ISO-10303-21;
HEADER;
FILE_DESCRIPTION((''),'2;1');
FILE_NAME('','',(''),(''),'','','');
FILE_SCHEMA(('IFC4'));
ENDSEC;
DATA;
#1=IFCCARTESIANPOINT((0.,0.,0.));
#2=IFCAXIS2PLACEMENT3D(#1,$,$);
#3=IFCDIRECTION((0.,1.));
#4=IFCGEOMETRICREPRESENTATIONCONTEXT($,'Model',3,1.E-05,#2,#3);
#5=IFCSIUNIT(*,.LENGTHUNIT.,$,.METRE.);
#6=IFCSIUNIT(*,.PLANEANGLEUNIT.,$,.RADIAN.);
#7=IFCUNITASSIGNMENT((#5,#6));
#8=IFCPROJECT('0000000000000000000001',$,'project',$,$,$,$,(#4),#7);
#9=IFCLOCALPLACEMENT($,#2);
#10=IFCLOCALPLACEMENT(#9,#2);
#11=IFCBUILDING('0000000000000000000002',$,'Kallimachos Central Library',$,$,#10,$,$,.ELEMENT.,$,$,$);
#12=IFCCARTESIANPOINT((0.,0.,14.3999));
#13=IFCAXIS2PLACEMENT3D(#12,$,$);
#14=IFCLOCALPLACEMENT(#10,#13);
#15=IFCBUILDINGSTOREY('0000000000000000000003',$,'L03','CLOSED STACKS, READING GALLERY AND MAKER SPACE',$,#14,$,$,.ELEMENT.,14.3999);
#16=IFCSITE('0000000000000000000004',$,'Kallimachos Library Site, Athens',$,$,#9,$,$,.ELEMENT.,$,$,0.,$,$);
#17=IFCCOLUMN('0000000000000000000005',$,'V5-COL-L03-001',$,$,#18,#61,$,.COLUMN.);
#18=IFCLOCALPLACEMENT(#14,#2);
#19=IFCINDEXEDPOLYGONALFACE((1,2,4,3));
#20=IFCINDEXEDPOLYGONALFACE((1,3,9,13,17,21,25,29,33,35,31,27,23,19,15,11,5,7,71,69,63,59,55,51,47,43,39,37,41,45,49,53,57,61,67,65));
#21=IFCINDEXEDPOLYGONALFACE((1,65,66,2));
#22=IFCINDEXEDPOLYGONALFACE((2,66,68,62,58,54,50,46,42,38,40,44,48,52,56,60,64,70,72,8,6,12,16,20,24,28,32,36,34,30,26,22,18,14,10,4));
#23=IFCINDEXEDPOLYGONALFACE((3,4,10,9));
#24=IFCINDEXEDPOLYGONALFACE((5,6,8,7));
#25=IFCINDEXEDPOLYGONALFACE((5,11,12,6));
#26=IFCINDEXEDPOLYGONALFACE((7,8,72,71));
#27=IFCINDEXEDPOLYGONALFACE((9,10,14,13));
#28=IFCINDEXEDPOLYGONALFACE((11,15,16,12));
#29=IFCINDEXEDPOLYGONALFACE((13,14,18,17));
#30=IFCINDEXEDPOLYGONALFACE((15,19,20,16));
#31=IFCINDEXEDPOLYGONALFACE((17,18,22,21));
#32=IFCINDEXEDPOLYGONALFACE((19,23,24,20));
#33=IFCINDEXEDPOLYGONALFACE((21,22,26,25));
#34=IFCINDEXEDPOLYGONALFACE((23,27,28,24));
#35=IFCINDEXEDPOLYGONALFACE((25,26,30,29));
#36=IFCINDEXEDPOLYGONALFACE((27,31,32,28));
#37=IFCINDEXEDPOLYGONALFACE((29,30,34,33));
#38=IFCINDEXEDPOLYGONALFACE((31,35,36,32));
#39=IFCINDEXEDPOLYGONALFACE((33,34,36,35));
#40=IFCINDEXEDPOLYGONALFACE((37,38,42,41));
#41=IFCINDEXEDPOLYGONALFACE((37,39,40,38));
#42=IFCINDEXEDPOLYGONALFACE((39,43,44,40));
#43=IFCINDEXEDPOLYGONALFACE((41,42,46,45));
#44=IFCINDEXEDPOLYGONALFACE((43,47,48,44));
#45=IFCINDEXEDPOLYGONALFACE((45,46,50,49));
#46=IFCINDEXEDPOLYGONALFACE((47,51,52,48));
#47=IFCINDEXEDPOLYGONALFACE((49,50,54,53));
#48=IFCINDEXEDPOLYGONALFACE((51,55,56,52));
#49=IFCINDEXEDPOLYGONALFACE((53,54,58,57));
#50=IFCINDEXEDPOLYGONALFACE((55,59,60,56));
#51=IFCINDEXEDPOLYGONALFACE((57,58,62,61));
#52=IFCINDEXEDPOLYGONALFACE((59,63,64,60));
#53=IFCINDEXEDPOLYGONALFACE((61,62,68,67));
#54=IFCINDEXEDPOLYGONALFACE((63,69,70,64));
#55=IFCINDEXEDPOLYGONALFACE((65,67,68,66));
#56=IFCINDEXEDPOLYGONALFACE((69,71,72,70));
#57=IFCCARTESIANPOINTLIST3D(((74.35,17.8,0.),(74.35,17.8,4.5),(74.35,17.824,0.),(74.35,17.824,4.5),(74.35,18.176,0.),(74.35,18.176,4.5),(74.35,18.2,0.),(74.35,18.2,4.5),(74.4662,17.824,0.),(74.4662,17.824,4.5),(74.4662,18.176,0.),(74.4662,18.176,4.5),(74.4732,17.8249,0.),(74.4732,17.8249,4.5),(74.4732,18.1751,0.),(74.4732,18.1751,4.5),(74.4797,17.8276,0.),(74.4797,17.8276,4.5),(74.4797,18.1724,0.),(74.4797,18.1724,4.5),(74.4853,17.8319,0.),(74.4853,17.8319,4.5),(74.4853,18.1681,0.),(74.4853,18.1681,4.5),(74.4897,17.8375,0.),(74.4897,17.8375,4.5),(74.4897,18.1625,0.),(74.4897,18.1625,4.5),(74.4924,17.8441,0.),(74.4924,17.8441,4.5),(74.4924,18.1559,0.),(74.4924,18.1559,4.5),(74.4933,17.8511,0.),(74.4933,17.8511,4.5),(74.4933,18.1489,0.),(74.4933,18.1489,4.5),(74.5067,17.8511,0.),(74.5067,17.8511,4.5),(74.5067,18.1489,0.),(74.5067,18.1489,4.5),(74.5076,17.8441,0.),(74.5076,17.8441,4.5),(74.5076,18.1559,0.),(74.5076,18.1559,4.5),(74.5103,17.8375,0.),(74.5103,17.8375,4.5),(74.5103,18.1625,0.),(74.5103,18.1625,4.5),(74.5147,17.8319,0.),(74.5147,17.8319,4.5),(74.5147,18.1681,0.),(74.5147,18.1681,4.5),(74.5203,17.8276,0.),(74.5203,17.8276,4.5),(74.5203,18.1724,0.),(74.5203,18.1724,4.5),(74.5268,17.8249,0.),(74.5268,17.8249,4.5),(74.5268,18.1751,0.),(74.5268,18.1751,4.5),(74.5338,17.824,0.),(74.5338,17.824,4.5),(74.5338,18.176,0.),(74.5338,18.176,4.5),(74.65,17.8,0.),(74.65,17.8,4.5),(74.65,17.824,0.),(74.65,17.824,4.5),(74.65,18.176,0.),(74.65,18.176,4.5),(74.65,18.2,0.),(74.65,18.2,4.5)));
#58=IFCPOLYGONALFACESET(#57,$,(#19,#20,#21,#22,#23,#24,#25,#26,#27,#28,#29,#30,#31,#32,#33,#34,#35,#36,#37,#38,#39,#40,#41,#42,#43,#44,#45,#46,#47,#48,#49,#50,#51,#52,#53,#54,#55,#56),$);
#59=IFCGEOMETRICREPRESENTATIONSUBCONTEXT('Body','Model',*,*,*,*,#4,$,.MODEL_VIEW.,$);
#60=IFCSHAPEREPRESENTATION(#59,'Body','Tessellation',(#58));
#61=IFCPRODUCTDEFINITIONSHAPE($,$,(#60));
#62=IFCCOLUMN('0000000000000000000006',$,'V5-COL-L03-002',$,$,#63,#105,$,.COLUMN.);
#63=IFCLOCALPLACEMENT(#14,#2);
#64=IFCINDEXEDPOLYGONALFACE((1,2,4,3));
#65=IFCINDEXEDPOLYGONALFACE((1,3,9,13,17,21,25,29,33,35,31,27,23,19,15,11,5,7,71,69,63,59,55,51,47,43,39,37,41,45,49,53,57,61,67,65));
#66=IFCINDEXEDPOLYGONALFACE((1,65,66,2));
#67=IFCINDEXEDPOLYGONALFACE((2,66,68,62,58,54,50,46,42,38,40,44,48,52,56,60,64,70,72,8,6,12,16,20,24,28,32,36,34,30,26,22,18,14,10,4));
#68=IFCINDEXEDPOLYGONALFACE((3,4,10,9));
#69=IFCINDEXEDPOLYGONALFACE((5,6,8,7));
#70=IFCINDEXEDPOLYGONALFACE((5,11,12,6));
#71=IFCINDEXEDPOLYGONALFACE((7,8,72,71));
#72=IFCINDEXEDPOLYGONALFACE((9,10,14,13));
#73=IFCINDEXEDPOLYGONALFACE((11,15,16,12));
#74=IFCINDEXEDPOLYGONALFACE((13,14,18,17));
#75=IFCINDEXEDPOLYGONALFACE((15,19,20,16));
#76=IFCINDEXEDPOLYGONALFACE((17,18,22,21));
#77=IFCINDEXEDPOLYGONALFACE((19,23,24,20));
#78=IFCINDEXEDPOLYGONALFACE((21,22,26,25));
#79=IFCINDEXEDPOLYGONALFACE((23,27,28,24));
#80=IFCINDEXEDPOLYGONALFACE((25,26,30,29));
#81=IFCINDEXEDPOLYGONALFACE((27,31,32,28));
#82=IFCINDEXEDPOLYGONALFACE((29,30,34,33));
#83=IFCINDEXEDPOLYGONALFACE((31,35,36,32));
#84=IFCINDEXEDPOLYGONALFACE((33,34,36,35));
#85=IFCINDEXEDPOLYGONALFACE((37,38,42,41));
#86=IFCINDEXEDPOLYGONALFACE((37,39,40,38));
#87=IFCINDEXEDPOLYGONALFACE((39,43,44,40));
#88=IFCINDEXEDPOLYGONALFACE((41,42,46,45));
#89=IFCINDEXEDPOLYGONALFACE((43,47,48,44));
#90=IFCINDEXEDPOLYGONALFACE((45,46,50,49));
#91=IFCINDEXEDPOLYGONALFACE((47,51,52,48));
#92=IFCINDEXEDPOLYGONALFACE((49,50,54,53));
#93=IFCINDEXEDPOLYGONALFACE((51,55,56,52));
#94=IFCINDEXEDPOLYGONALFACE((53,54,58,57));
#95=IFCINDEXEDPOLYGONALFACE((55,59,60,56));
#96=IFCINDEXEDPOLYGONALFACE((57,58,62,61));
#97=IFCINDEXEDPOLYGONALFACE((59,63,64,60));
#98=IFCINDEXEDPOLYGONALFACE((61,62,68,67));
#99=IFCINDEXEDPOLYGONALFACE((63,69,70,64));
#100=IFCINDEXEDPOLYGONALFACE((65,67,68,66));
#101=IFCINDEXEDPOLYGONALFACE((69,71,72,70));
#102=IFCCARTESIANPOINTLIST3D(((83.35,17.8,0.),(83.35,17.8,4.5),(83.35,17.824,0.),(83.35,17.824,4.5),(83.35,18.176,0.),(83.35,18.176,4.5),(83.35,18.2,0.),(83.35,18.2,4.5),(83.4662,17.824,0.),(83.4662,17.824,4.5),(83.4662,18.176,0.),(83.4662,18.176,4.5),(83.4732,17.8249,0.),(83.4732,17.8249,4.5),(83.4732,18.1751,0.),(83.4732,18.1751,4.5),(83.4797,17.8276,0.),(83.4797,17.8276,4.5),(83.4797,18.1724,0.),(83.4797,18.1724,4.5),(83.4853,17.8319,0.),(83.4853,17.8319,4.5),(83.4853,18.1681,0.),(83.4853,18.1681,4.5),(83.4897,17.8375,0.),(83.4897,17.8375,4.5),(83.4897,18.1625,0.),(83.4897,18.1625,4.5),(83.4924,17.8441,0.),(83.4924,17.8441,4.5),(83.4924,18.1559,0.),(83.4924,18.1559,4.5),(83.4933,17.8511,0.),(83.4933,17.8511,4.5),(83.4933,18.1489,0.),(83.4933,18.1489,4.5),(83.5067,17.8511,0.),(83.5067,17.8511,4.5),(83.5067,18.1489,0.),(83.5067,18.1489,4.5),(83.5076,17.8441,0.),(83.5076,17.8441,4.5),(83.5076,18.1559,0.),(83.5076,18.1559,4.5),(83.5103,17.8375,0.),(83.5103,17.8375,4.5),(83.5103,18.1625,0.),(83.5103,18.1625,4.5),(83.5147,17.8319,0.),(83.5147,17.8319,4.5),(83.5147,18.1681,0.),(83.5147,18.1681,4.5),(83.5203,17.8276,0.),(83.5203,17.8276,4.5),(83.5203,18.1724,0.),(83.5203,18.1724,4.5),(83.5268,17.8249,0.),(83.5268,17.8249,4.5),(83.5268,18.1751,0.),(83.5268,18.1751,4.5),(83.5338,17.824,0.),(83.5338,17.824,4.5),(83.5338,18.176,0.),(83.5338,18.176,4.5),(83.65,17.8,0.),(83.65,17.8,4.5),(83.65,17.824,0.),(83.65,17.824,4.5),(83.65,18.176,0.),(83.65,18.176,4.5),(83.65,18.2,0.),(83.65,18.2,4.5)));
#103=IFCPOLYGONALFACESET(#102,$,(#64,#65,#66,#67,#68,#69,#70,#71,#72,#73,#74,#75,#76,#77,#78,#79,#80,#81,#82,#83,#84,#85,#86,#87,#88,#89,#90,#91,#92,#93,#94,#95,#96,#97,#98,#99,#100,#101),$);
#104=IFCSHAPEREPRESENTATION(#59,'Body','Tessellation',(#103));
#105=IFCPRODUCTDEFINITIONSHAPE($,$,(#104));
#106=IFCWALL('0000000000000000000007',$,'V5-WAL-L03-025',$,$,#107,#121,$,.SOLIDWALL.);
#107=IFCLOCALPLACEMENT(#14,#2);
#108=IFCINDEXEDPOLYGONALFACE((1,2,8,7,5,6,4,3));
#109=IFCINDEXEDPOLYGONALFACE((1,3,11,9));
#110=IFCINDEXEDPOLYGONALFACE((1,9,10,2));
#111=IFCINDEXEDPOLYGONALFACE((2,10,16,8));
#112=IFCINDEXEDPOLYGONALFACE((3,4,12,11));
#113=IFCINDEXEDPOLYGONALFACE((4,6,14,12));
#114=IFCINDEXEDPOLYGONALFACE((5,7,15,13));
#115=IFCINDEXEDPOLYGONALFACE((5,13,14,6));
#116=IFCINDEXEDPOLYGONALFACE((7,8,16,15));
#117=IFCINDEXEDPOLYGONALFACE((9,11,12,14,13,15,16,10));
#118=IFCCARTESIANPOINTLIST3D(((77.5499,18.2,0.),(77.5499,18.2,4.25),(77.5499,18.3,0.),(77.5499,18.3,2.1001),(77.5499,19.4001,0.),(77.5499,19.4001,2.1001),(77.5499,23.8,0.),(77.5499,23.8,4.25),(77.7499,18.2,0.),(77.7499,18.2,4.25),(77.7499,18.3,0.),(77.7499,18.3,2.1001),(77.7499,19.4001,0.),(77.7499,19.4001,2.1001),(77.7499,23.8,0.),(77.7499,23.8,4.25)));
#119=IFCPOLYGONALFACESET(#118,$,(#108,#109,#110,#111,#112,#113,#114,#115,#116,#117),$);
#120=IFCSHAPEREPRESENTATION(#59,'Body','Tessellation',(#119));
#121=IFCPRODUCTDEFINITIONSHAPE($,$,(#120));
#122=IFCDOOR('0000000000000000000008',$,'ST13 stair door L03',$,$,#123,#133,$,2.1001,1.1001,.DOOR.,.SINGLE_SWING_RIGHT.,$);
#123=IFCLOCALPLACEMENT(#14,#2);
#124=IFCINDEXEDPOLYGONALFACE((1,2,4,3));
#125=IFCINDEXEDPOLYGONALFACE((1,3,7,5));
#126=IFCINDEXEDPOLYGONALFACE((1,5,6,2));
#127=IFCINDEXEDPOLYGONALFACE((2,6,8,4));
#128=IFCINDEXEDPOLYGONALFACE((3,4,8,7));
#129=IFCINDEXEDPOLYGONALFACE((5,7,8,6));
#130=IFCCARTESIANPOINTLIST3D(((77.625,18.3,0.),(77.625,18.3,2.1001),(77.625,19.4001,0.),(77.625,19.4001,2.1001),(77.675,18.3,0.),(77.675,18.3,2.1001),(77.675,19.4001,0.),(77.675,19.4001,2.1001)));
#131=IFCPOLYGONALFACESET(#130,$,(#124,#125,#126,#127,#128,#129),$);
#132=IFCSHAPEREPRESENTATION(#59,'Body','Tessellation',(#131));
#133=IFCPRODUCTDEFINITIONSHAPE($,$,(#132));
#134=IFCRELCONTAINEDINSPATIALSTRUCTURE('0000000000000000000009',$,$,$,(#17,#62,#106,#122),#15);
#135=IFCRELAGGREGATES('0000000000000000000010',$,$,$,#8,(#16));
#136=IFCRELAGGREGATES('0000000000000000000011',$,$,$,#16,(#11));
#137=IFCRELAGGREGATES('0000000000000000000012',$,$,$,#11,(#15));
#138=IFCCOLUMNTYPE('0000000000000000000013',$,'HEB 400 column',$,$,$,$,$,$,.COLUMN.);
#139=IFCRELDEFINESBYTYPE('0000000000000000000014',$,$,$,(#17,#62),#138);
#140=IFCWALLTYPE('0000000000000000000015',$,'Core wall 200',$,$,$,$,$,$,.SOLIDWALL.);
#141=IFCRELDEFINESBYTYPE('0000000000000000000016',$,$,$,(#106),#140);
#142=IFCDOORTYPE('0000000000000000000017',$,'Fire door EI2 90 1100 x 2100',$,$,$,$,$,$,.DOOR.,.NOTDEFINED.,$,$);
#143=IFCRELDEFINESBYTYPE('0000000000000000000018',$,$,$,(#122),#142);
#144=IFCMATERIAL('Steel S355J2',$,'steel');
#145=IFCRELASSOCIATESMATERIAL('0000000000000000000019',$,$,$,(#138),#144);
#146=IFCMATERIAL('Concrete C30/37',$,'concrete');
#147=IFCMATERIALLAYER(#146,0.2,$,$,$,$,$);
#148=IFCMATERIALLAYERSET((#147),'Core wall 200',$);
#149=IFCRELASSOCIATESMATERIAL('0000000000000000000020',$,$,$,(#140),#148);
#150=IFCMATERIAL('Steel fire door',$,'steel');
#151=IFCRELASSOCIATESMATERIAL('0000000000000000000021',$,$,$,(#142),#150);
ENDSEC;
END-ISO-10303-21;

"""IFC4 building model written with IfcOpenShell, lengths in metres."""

from ifc_helpers import new_model, si_unit, direction, frame, frame_2d, origin, origin_2d, place, context, subcontext, project, spatial, rectangle, i_section, extrude, material, layer, layer_set, material_profile, profile_set, type_object, element, fill, save


model = new_model("IFC4")

# Units and contexts
model_context = context("Model", 3, precision=1e-05, world=origin(), true_north=direction((0.0, 1.0)))
body_context = subcontext(model_context, "Body", "Model", "MODEL_VIEW")
ifc_project = project(units=[si_unit("LENGTHUNIT", "METRE"), si_unit("PLANEANGLEUNIT", "RADIAN")], contexts=[model_context])

# Site, building, storey
site_placement = place(None, origin())
site = spatial("IfcSite", under=ifc_project, at=site_placement, Name="Kallimachos Library Site, Athens", CompositionType="ELEMENT", RefElevation=0.0)
building_placement = place(site_placement, origin())
building = spatial("IfcBuilding", under=site, at=building_placement, Name="Kallimachos Central Library", CompositionType="ELEMENT")
storey_placement = place(building_placement, frame((0.0, 0.0, 14.3999)))
storey = spatial("IfcBuildingStorey", under=building, at=storey_placement, Name="L03", Description="CLOSED STACKS, READING GALLERY AND MAKER SPACE", CompositionType="ELEMENT", Elevation=14.3999)

# Columns
ifc_material_1 = material(Name="Steel S355J2", Category="steel")
ifc_material_profile = material_profile(ifc_material_1, i_section(OverallWidth=0.3, OverallDepth=0.3999, WebThickness=0.0134, FlangeThickness=0.0239, FilletRadius=0.0271, at=origin_2d()), Name="HEB 400")
ifc_profile_set = profile_set([ifc_material_profile], Name="Steel S355J2")
column_type = type_object("IfcColumnType", Name="HEB 400 column", PredefinedType="COLUMN", material=ifc_profile_set)
for number, where, z_axis, x_axis, name in (
    (1, (74.5, 18.0, 0.0), (0.0, 0.0, 1.0), (1.0, 0.0, 0.0), "V5-COL-L03-001"),
    (2, (83.5, 18.0, 0.0), (0.0, 0.0, 1.0), (1.0, 0.0, 0.0), "V5-COL-L03-002"),
):
    element("IfcColumn", number, at=place(storey_placement, frame(where, z_axis=z_axis, x_axis=x_axis)), inside=storey, type_object=column_type, Name=name, PredefinedType="COLUMN", context=body_context, shape_type="SweptSolid", body=[
        extrude(i_section(OverallWidth=0.3, OverallDepth=0.3999, WebThickness=0.0134, FlangeThickness=0.0239, FilletRadius=0.0271, at=origin_2d()), origin(), (0.0, 0.0, 1.0), 4.5),
    ])

# Wall, opening, door
ifc_material_2 = material(Name="Concrete C30/37", Category="concrete")
ifc_layer_1 = layer(ifc_material_2, 0.2)
ifc_layer_set_1 = layer_set([ifc_layer_1], Name="Core wall 200")
wall_type_1 = type_object("IfcWallType", Name="Core wall 200", PredefinedType="SOLIDWALL", material=ifc_layer_set_1)
wall_1_placement = place(storey_placement, frame((77.6499, 18.2, 0.0), z_axis=(0.0, 0.0, 1.0), x_axis=(0.0, 1.0, 0.0)))
wall_1 = element("IfcWall", 3, at=wall_1_placement, inside=storey, type_object=wall_type_1, Name="V5-WAL-L03-025", PredefinedType="SOLIDWALL", context=body_context, shape_type="SweptSolid", body=[
    extrude(rectangle(XDim=5.6001, YDim=0.2, at=frame_2d((2.8, 0.0))), origin(), (0.0, 0.0, 1.0), 4.25),
])
opening_1_placement = place(wall_1_placement, frame((0.1001, 0.0, 0.0)))
opening_1 = element("IfcOpeningElement", 4, at=opening_1_placement, cuts=wall_1, PredefinedType="OPENING", context=body_context, shape_type="SweptSolid", body=[
    extrude(rectangle(XDim=1.1001, YDim=2.1001, at=frame_2d((0.55, 1.05))), frame((0.0, 0.1099, 0.0), z_axis=(0.0, -1.0, 0.0), x_axis=(1.0, 0.0, 0.0)), (0.0, 0.0, 1.0), 0.22),
])
ifc_material_3 = material(Name="Steel fire door", Category="steel")
door_type = type_object("IfcDoorType", Name="Fire door EI2 90 1100 x 2100", OperationType="NOTDEFINED", PredefinedType="DOOR", material=ifc_material_3)
door_placement = place(opening_1_placement, origin())
door = element("IfcDoor", 5, at=door_placement, inside=storey, type_object=door_type, Name="ST13 stair door L03", OperationType="SINGLE_SWING_RIGHT", OverallHeight=2.1001, OverallWidth=1.1001, PredefinedType="DOOR", context=body_context, shape_type="SweptSolid", body=[
    extrude(rectangle(XDim=1.1001, YDim=2.1001, at=frame_2d((0.55, 1.05))), frame((0.0, 0.0249, 0.0), z_axis=(0.0, -1.0, 0.0), x_axis=(1.0, 0.0, 0.0)), (0.0, 0.0, 1.0), 0.05),
])
fill(opening_1, door)

save(model, "model.ifc")
